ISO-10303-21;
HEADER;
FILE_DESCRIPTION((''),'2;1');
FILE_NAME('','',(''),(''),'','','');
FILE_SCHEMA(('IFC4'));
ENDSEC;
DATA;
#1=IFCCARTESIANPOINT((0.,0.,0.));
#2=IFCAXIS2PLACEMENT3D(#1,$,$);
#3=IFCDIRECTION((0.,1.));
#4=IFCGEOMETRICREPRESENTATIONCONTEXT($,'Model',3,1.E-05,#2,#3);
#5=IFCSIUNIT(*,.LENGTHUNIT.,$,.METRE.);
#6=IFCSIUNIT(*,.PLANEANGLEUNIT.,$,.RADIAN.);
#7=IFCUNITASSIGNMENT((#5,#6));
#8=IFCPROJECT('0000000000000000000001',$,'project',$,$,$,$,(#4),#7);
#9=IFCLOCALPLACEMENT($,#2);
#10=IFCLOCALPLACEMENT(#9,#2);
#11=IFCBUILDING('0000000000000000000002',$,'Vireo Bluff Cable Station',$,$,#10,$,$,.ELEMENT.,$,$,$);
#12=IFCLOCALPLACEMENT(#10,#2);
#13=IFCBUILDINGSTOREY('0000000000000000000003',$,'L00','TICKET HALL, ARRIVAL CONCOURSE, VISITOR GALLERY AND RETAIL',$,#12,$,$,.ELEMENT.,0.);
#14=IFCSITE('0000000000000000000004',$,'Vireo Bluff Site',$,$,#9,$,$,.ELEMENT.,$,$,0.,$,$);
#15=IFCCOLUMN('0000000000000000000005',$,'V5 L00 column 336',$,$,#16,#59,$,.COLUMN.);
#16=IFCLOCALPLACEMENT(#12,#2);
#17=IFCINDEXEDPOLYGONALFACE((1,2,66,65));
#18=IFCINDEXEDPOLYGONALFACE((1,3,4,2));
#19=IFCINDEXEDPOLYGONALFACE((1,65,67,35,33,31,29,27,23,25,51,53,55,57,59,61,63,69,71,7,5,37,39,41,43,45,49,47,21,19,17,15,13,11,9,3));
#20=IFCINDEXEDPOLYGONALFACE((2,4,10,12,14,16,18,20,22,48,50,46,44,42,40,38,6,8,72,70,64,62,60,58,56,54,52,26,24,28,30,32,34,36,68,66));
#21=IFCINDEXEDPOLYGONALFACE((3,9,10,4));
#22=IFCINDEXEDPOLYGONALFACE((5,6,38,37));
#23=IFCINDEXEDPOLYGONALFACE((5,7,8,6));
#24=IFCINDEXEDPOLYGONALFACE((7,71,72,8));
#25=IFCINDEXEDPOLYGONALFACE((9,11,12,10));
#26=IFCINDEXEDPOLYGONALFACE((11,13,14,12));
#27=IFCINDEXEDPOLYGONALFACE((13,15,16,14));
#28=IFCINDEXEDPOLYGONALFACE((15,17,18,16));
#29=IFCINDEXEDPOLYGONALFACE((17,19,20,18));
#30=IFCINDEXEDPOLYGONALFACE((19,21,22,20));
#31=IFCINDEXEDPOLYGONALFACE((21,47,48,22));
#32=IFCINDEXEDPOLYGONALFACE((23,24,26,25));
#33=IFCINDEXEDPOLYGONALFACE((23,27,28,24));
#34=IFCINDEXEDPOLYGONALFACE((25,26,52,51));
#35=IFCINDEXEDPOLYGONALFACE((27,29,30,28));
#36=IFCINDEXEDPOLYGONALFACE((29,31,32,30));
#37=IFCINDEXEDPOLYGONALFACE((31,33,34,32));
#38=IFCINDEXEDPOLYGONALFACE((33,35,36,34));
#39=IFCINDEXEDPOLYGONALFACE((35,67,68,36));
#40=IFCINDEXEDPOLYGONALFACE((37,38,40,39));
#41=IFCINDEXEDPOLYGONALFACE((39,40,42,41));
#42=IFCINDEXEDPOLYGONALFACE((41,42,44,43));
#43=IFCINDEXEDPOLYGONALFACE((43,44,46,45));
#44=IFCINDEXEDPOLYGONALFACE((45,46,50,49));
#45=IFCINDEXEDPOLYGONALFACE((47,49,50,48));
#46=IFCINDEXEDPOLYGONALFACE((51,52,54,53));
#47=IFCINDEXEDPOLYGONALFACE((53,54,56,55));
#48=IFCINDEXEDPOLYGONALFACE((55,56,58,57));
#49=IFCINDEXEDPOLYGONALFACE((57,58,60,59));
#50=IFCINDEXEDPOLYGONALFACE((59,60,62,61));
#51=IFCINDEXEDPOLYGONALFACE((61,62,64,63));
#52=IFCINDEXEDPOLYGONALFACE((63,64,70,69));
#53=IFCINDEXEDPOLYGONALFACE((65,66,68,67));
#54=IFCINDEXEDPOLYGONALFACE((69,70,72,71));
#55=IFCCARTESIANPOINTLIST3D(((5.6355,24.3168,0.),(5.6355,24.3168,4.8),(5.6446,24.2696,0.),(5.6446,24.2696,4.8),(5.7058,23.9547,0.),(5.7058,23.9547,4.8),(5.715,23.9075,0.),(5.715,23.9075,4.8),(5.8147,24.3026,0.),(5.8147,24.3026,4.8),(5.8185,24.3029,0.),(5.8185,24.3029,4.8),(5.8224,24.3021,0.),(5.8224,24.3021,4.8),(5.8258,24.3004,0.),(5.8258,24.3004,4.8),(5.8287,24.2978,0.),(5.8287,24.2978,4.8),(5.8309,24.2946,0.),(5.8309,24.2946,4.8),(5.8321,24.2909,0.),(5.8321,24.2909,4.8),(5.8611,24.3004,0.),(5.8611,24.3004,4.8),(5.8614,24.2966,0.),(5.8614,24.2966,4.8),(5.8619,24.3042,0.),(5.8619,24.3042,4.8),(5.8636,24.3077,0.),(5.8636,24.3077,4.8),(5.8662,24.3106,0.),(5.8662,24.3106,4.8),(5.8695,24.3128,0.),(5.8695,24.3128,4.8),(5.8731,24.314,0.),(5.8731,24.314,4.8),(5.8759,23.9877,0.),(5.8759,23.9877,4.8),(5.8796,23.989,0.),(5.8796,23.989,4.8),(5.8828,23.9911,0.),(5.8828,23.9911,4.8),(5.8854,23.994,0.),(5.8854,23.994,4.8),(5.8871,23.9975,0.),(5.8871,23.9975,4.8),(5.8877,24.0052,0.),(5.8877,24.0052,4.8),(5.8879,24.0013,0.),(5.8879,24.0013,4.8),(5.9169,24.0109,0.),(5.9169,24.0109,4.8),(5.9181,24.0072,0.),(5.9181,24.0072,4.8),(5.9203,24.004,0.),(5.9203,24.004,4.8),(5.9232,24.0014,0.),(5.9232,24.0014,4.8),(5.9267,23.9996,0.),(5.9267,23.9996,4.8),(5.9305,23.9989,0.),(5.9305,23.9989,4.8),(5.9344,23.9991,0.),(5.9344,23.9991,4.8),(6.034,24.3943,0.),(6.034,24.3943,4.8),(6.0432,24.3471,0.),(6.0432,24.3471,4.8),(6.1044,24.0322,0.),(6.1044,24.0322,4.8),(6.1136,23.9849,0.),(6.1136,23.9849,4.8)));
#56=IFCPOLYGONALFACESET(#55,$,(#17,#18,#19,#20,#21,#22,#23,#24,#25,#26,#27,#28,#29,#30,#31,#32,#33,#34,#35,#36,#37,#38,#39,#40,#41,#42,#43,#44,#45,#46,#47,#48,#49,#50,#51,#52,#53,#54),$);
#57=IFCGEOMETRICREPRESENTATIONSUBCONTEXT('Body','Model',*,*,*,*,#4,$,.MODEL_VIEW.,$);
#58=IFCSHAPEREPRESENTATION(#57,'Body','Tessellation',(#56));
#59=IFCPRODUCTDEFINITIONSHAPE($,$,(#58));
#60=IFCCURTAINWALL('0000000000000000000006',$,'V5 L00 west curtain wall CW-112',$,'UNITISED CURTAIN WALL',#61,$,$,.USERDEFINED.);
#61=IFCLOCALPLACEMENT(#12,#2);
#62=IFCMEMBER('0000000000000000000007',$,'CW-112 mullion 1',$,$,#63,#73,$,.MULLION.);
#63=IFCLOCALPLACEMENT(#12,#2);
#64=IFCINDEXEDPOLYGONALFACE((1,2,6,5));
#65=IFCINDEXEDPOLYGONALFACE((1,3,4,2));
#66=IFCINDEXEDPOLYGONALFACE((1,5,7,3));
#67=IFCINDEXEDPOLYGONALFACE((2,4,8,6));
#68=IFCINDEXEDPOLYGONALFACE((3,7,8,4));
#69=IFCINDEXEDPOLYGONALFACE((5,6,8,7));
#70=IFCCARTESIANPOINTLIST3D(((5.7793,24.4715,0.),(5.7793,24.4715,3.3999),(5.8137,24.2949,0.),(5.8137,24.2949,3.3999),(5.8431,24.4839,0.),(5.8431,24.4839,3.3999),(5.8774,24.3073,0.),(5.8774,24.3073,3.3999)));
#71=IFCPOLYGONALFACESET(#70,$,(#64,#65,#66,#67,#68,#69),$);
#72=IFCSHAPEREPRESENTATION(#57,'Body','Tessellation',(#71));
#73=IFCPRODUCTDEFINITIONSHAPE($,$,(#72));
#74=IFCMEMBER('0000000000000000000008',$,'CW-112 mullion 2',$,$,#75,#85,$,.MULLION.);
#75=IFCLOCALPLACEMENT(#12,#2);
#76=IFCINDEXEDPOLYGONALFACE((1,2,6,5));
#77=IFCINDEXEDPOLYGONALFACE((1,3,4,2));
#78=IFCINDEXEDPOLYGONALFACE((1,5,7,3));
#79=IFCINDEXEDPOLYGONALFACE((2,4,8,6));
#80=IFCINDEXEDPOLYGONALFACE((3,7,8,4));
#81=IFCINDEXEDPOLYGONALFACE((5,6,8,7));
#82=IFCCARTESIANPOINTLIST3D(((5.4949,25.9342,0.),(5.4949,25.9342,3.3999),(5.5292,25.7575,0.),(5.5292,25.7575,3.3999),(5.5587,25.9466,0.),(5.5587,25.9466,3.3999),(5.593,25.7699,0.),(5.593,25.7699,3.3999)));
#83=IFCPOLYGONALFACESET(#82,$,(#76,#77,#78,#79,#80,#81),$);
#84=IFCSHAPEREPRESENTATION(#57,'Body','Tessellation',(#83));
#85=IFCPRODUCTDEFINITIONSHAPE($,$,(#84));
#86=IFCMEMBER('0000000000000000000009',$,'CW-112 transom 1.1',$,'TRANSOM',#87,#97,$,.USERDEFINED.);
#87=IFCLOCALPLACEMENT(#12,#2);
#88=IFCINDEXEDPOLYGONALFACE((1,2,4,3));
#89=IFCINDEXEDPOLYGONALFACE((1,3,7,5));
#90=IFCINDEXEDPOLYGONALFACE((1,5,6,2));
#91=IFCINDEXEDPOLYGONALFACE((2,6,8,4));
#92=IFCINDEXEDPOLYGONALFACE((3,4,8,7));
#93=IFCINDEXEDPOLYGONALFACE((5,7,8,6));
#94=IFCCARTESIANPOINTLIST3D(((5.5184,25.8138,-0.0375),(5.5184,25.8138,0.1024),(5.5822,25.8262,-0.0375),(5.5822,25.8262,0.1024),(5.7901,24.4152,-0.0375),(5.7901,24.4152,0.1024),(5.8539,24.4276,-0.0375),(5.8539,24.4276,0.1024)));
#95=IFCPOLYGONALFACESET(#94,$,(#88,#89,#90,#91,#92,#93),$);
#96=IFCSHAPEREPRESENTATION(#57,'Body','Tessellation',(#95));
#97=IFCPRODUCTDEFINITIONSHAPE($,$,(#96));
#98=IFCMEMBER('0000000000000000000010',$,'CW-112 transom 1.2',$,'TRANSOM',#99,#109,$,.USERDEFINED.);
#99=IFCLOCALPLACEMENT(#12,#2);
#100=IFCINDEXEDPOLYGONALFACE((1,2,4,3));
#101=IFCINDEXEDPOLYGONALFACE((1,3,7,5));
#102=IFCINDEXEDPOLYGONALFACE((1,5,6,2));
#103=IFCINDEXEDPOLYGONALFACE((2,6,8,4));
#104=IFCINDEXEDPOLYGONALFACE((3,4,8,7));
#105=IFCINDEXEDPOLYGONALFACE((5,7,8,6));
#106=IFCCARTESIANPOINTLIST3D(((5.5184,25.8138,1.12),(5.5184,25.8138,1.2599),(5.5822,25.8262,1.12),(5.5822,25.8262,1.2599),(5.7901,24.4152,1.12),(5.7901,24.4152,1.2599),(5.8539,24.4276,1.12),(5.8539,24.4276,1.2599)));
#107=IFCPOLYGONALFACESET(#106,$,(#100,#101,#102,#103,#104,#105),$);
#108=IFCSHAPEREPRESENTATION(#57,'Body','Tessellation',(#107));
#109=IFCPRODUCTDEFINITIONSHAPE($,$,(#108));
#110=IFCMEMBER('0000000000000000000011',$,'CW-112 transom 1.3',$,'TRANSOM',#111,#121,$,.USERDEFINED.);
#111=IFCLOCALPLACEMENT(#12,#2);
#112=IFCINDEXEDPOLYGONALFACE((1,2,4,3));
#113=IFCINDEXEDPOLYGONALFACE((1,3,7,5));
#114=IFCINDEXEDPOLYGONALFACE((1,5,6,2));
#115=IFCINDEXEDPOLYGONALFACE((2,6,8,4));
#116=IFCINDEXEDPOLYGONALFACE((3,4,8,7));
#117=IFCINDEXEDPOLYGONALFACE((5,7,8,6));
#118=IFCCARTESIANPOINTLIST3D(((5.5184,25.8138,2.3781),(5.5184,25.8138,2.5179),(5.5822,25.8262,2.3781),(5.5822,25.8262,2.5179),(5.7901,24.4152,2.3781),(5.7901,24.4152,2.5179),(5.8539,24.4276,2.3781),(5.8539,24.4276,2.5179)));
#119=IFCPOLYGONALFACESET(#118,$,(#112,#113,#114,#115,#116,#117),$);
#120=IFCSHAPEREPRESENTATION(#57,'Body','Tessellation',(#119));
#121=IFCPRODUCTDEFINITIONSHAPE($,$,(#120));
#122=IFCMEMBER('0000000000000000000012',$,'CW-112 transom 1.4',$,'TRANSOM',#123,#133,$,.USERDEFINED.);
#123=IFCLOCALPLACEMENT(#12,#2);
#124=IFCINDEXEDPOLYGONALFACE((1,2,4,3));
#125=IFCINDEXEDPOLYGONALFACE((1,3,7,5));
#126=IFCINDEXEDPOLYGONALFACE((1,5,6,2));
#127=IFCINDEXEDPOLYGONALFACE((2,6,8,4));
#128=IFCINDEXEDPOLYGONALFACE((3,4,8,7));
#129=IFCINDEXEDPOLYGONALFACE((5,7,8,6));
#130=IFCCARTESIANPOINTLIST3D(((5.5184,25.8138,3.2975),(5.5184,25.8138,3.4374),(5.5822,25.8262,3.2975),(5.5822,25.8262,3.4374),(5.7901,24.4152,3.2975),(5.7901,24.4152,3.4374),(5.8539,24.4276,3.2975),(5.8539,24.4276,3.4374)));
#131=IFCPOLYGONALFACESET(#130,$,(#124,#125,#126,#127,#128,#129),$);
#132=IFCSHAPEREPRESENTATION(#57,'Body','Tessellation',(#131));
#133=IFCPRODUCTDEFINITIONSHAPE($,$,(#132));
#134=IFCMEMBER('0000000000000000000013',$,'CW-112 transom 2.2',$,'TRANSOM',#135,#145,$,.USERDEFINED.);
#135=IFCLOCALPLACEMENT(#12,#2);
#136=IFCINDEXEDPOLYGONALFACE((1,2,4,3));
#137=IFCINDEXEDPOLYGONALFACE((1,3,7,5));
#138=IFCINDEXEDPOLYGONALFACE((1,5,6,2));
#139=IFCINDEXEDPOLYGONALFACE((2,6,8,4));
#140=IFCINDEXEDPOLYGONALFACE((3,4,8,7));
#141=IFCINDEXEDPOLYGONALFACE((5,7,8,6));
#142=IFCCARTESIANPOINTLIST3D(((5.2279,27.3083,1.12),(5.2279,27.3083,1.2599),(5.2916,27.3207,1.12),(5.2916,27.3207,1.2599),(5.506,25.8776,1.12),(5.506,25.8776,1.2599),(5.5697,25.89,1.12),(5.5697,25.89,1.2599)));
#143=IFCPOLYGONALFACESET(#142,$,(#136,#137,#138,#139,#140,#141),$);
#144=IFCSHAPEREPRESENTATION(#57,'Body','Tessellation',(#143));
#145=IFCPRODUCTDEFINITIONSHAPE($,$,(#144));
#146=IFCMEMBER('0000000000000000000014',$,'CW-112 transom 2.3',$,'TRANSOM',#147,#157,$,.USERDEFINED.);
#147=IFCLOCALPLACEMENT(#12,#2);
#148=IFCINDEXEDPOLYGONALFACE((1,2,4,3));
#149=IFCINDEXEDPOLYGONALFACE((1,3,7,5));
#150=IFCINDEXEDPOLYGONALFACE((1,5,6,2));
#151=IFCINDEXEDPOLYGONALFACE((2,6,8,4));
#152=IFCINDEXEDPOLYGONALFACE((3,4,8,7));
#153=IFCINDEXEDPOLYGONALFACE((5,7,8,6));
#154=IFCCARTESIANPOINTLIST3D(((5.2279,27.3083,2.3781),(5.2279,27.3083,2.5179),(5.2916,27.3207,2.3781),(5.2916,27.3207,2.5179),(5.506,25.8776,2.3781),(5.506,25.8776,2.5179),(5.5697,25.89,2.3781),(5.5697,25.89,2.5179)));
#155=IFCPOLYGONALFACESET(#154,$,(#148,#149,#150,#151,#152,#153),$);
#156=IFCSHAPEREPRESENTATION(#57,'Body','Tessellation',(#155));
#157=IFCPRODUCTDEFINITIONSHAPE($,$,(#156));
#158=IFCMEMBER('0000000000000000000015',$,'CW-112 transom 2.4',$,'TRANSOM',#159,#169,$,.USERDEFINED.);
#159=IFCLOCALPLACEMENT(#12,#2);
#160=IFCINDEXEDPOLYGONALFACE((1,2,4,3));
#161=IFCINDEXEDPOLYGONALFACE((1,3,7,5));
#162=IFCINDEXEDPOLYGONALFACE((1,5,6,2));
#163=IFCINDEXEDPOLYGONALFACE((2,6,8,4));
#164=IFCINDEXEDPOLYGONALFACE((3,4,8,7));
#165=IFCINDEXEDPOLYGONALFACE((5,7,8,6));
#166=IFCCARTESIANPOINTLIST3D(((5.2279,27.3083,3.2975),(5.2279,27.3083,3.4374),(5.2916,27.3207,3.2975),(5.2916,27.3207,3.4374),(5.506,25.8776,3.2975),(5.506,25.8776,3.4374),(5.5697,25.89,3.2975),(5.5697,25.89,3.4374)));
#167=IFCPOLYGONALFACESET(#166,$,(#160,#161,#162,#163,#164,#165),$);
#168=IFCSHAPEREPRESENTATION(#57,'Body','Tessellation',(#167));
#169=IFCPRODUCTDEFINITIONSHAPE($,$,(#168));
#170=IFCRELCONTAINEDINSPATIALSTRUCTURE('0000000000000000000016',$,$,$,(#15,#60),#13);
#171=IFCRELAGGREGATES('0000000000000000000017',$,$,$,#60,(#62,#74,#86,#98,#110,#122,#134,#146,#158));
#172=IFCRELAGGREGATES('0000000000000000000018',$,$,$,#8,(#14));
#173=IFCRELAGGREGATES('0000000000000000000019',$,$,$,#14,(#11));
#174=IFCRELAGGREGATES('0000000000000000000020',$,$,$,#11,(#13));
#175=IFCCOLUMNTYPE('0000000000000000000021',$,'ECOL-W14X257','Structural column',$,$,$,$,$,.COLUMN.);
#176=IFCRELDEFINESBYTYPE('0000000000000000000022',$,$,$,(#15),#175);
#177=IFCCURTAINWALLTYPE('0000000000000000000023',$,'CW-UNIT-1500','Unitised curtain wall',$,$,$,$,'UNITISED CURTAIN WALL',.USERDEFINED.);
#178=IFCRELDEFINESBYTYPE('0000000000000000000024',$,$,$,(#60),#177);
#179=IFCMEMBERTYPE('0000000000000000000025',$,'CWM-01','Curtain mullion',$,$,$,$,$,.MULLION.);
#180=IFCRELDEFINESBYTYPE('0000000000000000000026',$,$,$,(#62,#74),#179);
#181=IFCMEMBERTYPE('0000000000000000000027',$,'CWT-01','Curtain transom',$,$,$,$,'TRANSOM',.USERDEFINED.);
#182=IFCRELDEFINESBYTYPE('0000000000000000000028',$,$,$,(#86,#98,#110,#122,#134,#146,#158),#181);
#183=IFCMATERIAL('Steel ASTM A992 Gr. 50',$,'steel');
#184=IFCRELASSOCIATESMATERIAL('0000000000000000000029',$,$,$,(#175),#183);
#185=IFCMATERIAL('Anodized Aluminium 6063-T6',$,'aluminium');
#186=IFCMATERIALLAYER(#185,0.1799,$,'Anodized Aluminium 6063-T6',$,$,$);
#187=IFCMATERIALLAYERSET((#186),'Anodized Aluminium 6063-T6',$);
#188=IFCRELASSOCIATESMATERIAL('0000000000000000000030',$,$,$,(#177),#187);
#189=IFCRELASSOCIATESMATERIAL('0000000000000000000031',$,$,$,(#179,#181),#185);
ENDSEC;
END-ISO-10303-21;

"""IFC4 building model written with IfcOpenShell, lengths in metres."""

from ifc_helpers import new_model, si_unit, direction, frame, origin, origin_2d, place, context, subcontext, project, spatial, rectangle, i_section, extrude, material, layer, layer_set, material_profile, profile_set, type_object, element, aggregate, save


model = new_model("IFC4")

# Units and contexts
model_context = context("Model", 3, precision=1e-05, world=origin(), true_north=direction((0.0, 1.0)))
body_context = subcontext(model_context, "Body", "Model", "MODEL_VIEW")
ifc_project = project(units=[si_unit("LENGTHUNIT", "METRE"), si_unit("PLANEANGLEUNIT", "RADIAN")], contexts=[model_context])

# Site, building, storey
site_placement = place(None, origin())
site = spatial("IfcSite", under=ifc_project, at=site_placement, Name="Vireo Bluff Site", CompositionType="ELEMENT", RefElevation=0.0)
building_placement = place(site_placement, origin())
building = spatial("IfcBuilding", under=site, at=building_placement, Name="Vireo Bluff Cable Station", CompositionType="ELEMENT")
storey_placement = place(building_placement, origin())
storey = spatial("IfcBuildingStorey", under=building, at=storey_placement, Name="L00", Description="TICKET HALL, ARRIVAL CONCOURSE, VISITOR GALLERY AND RETAIL", CompositionType="ELEMENT", Elevation=0.0)

# Column
ifc_material_1 = material(Name="Steel ASTM A992 Gr. 50", Category="steel")
ifc_material_profile_1 = material_profile(ifc_material_1, i_section(OverallWidth=0.406, OverallDepth=0.417, WebThickness=0.0298, FlangeThickness=0.0481, FilletRadius=0.0149, at=origin_2d()), Name="W14X257")
ifc_profile_set_1 = profile_set([ifc_material_profile_1], Name="Steel ASTM A992 Gr. 50")
column_type = type_object("IfcColumnType", Name="ECOL-W14X257", Description="Structural column", PredefinedType="COLUMN", material=ifc_profile_set_1)
column_placement = place(storey_placement, frame((5.8745, 24.1509, 0.0), z_axis=(0.0, 0.0, 1.0), x_axis=(0.981627, 0.190809, 0.0)))
element("IfcColumn", 1, at=column_placement, inside=storey, type_object=column_type, Name="V5 L00 column 336", PredefinedType="COLUMN", context=body_context, shape_type="SweptSolid", body=[
    extrude(i_section(OverallWidth=0.406, OverallDepth=0.417, WebThickness=0.0298, FlangeThickness=0.0481, FilletRadius=0.0149, at=origin_2d()), origin(), (0.0, 0.0, 1.0), 4.8),
])

# Curtain wall, members
ifc_material_2 = material(Name="Anodized Aluminium 6063-T6", Category="aluminium")
ifc_layer_1 = layer(ifc_material_2, 0.1799, Name="Anodized Aluminium 6063-T6")
ifc_layer_set_1 = layer_set([ifc_layer_1], Name="Anodized Aluminium 6063-T6")
curtain_wall_type = type_object("IfcCurtainWallType", Name="CW-UNIT-1500", Description="Unitised curtain wall", ElementType="UNITISED CURTAIN WALL", PredefinedType="USERDEFINED", material=ifc_layer_set_1)
curtain_wall_placement = place(storey_placement, origin())
curtain_wall = element("IfcCurtainWall", 2, at=curtain_wall_placement, inside=storey, type_object=curtain_wall_type, Name="V5 L00 west curtain wall CW-112", ObjectType="UNITISED CURTAIN WALL", PredefinedType="USERDEFINED")
ifc_material_profile_2 = material_profile(ifc_material_2, rectangle(XDim=0.0649, YDim=0.1799, at=origin_2d()), Name="ALU-M-65X180")
ifc_profile_set_2 = profile_set([ifc_material_profile_2], Name="Anodized Aluminium 6063-T6")
member_type_1 = type_object("IfcMemberType", Name="CWM-01", Description="Curtain mullion", PredefinedType="MULLION", material=ifc_profile_set_2)
member_1_placement = place(storey_placement, frame((5.8284, 24.3894, 0.0), z_axis=(0.0, 0.0, 1.0), x_axis=(-0.981627, -0.190809, 0.0)))
member_1 = element("IfcMember", 3, at=member_1_placement, type_object=member_type_1, Name="CW-112 mullion 1", PredefinedType="MULLION", context=body_context, shape_type="SweptSolid", body=[
    extrude(rectangle(XDim=0.0649, YDim=0.1799, at=origin_2d()), origin(), (0.0, 0.0, 1.0), 3.3999),
])
member_2_placement = place(storey_placement, frame((5.5439, 25.8521, 0.0), z_axis=(0.0, 0.0, 1.0), x_axis=(-0.981627, -0.190809, 0.0)))
member_2 = element("IfcMember", 4, at=member_2_placement, type_object=member_type_1, Name="CW-112 mullion 2", PredefinedType="MULLION", context=body_context, shape_type="SweptSolid", body=[
    extrude(rectangle(XDim=0.0649, YDim=0.1799, at=origin_2d()), origin(), (0.0, 0.0, 1.0), 3.3999),
])
ifc_material_profile_3 = material_profile(ifc_material_2, rectangle(XDim=0.0649, YDim=0.1399, at=origin_2d()), Name="ALU-T-65X140")
ifc_profile_set_3 = profile_set([ifc_material_profile_3], Name="Anodized Aluminium 6063-T6")
member_type_2 = type_object("IfcMemberType", Name="CWT-01", Description="Curtain transom", ElementType="TRANSOM", PredefinedType="USERDEFINED", material=ifc_profile_set_3)
member_3_placement = place(storey_placement, frame((5.822, 24.4214, 0.0325), z_axis=(-0.190709, 0.981647, 0.0), x_axis=(-0.981647, -0.190709, 0.0)))
member_3 = element("IfcMember", 5, at=member_3_placement, type_object=member_type_2, Name="CW-112 transom 1.1", ObjectType="TRANSOM", PredefinedType="USERDEFINED", context=body_context, shape_type="SweptSolid", body=[
    extrude(rectangle(XDim=0.0649, YDim=0.1399, at=origin_2d()), origin(), (0.0, 0.0, 1.0), 1.4248),
])
member_4_placement = place(storey_placement, frame((5.822, 24.4214, 1.1899), z_axis=(-0.190709, 0.981647, 0.0), x_axis=(-0.981647, -0.190709, 0.0)))
member_4 = element("IfcMember", 6, at=member_4_placement, type_object=member_type_2, Name="CW-112 transom 1.2", ObjectType="TRANSOM", PredefinedType="USERDEFINED", context=body_context, shape_type="SweptSolid", body=[
    extrude(rectangle(XDim=0.0649, YDim=0.1399, at=origin_2d()), origin(), (0.0, 0.0, 1.0), 1.4248),
])
member_5_placement = place(storey_placement, frame((5.822, 24.4214, 2.448), z_axis=(-0.190709, 0.981647, 0.0), x_axis=(-0.981647, -0.190709, 0.0)))
member_5 = element("IfcMember", 7, at=member_5_placement, type_object=member_type_2, Name="CW-112 transom 1.3", ObjectType="TRANSOM", PredefinedType="USERDEFINED", context=body_context, shape_type="SweptSolid", body=[
    extrude(rectangle(XDim=0.0649, YDim=0.1399, at=origin_2d()), origin(), (0.0, 0.0, 1.0), 1.4248),
])
member_6_placement = place(storey_placement, frame((5.822, 24.4214, 3.3674), z_axis=(-0.190709, 0.981647, 0.0), x_axis=(-0.981647, -0.190709, 0.0)))
member_6 = element("IfcMember", 8, at=member_6_placement, type_object=member_type_2, Name="CW-112 transom 1.4", ObjectType="TRANSOM", PredefinedType="USERDEFINED", context=body_context, shape_type="SweptSolid", body=[
    extrude(rectangle(XDim=0.0649, YDim=0.1399, at=origin_2d()), origin(), (0.0, 0.0, 1.0), 1.4248),
])
member_7_placement = place(storey_placement, frame((5.5378, 25.8838, 1.1899), z_axis=(-0.190798, 0.981629, 0.0), x_axis=(-0.981629, -0.190798, 0.0)))
member_7 = element("IfcMember", 9, at=member_7_placement, type_object=member_type_2, Name="CW-112 transom 2.2", ObjectType="TRANSOM", PredefinedType="USERDEFINED", context=body_context, shape_type="SweptSolid", body=[
    extrude(rectangle(XDim=0.0649, YDim=0.1399, at=origin_2d()), origin(), (0.0, 0.0, 1.0), 1.4575),
])
member_8_placement = place(storey_placement, frame((5.5378, 25.8838, 2.448), z_axis=(-0.190798, 0.981629, 0.0), x_axis=(-0.981629, -0.190798, 0.0)))
member_8 = element("IfcMember", 10, at=member_8_placement, type_object=member_type_2, Name="CW-112 transom 2.3", ObjectType="TRANSOM", PredefinedType="USERDEFINED", context=body_context, shape_type="SweptSolid", body=[
    extrude(rectangle(XDim=0.0649, YDim=0.1399, at=origin_2d()), origin(), (0.0, 0.0, 1.0), 1.4575),
])
member_9_placement = place(storey_placement, frame((5.5378, 25.8838, 3.3674), z_axis=(-0.190798, 0.981629, 0.0), x_axis=(-0.981629, -0.190798, 0.0)))
member_9 = element("IfcMember", 11, at=member_9_placement, type_object=member_type_2, Name="CW-112 transom 2.4", ObjectType="TRANSOM", PredefinedType="USERDEFINED", context=body_context, shape_type="SweptSolid", body=[
    extrude(rectangle(XDim=0.0649, YDim=0.1399, at=origin_2d()), origin(), (0.0, 0.0, 1.0), 1.4575),
])

aggregate(curtain_wall, [member_1, member_2, member_3, member_4, member_5, member_6, member_7, member_8, member_9])

save(model, "model.ifc")
